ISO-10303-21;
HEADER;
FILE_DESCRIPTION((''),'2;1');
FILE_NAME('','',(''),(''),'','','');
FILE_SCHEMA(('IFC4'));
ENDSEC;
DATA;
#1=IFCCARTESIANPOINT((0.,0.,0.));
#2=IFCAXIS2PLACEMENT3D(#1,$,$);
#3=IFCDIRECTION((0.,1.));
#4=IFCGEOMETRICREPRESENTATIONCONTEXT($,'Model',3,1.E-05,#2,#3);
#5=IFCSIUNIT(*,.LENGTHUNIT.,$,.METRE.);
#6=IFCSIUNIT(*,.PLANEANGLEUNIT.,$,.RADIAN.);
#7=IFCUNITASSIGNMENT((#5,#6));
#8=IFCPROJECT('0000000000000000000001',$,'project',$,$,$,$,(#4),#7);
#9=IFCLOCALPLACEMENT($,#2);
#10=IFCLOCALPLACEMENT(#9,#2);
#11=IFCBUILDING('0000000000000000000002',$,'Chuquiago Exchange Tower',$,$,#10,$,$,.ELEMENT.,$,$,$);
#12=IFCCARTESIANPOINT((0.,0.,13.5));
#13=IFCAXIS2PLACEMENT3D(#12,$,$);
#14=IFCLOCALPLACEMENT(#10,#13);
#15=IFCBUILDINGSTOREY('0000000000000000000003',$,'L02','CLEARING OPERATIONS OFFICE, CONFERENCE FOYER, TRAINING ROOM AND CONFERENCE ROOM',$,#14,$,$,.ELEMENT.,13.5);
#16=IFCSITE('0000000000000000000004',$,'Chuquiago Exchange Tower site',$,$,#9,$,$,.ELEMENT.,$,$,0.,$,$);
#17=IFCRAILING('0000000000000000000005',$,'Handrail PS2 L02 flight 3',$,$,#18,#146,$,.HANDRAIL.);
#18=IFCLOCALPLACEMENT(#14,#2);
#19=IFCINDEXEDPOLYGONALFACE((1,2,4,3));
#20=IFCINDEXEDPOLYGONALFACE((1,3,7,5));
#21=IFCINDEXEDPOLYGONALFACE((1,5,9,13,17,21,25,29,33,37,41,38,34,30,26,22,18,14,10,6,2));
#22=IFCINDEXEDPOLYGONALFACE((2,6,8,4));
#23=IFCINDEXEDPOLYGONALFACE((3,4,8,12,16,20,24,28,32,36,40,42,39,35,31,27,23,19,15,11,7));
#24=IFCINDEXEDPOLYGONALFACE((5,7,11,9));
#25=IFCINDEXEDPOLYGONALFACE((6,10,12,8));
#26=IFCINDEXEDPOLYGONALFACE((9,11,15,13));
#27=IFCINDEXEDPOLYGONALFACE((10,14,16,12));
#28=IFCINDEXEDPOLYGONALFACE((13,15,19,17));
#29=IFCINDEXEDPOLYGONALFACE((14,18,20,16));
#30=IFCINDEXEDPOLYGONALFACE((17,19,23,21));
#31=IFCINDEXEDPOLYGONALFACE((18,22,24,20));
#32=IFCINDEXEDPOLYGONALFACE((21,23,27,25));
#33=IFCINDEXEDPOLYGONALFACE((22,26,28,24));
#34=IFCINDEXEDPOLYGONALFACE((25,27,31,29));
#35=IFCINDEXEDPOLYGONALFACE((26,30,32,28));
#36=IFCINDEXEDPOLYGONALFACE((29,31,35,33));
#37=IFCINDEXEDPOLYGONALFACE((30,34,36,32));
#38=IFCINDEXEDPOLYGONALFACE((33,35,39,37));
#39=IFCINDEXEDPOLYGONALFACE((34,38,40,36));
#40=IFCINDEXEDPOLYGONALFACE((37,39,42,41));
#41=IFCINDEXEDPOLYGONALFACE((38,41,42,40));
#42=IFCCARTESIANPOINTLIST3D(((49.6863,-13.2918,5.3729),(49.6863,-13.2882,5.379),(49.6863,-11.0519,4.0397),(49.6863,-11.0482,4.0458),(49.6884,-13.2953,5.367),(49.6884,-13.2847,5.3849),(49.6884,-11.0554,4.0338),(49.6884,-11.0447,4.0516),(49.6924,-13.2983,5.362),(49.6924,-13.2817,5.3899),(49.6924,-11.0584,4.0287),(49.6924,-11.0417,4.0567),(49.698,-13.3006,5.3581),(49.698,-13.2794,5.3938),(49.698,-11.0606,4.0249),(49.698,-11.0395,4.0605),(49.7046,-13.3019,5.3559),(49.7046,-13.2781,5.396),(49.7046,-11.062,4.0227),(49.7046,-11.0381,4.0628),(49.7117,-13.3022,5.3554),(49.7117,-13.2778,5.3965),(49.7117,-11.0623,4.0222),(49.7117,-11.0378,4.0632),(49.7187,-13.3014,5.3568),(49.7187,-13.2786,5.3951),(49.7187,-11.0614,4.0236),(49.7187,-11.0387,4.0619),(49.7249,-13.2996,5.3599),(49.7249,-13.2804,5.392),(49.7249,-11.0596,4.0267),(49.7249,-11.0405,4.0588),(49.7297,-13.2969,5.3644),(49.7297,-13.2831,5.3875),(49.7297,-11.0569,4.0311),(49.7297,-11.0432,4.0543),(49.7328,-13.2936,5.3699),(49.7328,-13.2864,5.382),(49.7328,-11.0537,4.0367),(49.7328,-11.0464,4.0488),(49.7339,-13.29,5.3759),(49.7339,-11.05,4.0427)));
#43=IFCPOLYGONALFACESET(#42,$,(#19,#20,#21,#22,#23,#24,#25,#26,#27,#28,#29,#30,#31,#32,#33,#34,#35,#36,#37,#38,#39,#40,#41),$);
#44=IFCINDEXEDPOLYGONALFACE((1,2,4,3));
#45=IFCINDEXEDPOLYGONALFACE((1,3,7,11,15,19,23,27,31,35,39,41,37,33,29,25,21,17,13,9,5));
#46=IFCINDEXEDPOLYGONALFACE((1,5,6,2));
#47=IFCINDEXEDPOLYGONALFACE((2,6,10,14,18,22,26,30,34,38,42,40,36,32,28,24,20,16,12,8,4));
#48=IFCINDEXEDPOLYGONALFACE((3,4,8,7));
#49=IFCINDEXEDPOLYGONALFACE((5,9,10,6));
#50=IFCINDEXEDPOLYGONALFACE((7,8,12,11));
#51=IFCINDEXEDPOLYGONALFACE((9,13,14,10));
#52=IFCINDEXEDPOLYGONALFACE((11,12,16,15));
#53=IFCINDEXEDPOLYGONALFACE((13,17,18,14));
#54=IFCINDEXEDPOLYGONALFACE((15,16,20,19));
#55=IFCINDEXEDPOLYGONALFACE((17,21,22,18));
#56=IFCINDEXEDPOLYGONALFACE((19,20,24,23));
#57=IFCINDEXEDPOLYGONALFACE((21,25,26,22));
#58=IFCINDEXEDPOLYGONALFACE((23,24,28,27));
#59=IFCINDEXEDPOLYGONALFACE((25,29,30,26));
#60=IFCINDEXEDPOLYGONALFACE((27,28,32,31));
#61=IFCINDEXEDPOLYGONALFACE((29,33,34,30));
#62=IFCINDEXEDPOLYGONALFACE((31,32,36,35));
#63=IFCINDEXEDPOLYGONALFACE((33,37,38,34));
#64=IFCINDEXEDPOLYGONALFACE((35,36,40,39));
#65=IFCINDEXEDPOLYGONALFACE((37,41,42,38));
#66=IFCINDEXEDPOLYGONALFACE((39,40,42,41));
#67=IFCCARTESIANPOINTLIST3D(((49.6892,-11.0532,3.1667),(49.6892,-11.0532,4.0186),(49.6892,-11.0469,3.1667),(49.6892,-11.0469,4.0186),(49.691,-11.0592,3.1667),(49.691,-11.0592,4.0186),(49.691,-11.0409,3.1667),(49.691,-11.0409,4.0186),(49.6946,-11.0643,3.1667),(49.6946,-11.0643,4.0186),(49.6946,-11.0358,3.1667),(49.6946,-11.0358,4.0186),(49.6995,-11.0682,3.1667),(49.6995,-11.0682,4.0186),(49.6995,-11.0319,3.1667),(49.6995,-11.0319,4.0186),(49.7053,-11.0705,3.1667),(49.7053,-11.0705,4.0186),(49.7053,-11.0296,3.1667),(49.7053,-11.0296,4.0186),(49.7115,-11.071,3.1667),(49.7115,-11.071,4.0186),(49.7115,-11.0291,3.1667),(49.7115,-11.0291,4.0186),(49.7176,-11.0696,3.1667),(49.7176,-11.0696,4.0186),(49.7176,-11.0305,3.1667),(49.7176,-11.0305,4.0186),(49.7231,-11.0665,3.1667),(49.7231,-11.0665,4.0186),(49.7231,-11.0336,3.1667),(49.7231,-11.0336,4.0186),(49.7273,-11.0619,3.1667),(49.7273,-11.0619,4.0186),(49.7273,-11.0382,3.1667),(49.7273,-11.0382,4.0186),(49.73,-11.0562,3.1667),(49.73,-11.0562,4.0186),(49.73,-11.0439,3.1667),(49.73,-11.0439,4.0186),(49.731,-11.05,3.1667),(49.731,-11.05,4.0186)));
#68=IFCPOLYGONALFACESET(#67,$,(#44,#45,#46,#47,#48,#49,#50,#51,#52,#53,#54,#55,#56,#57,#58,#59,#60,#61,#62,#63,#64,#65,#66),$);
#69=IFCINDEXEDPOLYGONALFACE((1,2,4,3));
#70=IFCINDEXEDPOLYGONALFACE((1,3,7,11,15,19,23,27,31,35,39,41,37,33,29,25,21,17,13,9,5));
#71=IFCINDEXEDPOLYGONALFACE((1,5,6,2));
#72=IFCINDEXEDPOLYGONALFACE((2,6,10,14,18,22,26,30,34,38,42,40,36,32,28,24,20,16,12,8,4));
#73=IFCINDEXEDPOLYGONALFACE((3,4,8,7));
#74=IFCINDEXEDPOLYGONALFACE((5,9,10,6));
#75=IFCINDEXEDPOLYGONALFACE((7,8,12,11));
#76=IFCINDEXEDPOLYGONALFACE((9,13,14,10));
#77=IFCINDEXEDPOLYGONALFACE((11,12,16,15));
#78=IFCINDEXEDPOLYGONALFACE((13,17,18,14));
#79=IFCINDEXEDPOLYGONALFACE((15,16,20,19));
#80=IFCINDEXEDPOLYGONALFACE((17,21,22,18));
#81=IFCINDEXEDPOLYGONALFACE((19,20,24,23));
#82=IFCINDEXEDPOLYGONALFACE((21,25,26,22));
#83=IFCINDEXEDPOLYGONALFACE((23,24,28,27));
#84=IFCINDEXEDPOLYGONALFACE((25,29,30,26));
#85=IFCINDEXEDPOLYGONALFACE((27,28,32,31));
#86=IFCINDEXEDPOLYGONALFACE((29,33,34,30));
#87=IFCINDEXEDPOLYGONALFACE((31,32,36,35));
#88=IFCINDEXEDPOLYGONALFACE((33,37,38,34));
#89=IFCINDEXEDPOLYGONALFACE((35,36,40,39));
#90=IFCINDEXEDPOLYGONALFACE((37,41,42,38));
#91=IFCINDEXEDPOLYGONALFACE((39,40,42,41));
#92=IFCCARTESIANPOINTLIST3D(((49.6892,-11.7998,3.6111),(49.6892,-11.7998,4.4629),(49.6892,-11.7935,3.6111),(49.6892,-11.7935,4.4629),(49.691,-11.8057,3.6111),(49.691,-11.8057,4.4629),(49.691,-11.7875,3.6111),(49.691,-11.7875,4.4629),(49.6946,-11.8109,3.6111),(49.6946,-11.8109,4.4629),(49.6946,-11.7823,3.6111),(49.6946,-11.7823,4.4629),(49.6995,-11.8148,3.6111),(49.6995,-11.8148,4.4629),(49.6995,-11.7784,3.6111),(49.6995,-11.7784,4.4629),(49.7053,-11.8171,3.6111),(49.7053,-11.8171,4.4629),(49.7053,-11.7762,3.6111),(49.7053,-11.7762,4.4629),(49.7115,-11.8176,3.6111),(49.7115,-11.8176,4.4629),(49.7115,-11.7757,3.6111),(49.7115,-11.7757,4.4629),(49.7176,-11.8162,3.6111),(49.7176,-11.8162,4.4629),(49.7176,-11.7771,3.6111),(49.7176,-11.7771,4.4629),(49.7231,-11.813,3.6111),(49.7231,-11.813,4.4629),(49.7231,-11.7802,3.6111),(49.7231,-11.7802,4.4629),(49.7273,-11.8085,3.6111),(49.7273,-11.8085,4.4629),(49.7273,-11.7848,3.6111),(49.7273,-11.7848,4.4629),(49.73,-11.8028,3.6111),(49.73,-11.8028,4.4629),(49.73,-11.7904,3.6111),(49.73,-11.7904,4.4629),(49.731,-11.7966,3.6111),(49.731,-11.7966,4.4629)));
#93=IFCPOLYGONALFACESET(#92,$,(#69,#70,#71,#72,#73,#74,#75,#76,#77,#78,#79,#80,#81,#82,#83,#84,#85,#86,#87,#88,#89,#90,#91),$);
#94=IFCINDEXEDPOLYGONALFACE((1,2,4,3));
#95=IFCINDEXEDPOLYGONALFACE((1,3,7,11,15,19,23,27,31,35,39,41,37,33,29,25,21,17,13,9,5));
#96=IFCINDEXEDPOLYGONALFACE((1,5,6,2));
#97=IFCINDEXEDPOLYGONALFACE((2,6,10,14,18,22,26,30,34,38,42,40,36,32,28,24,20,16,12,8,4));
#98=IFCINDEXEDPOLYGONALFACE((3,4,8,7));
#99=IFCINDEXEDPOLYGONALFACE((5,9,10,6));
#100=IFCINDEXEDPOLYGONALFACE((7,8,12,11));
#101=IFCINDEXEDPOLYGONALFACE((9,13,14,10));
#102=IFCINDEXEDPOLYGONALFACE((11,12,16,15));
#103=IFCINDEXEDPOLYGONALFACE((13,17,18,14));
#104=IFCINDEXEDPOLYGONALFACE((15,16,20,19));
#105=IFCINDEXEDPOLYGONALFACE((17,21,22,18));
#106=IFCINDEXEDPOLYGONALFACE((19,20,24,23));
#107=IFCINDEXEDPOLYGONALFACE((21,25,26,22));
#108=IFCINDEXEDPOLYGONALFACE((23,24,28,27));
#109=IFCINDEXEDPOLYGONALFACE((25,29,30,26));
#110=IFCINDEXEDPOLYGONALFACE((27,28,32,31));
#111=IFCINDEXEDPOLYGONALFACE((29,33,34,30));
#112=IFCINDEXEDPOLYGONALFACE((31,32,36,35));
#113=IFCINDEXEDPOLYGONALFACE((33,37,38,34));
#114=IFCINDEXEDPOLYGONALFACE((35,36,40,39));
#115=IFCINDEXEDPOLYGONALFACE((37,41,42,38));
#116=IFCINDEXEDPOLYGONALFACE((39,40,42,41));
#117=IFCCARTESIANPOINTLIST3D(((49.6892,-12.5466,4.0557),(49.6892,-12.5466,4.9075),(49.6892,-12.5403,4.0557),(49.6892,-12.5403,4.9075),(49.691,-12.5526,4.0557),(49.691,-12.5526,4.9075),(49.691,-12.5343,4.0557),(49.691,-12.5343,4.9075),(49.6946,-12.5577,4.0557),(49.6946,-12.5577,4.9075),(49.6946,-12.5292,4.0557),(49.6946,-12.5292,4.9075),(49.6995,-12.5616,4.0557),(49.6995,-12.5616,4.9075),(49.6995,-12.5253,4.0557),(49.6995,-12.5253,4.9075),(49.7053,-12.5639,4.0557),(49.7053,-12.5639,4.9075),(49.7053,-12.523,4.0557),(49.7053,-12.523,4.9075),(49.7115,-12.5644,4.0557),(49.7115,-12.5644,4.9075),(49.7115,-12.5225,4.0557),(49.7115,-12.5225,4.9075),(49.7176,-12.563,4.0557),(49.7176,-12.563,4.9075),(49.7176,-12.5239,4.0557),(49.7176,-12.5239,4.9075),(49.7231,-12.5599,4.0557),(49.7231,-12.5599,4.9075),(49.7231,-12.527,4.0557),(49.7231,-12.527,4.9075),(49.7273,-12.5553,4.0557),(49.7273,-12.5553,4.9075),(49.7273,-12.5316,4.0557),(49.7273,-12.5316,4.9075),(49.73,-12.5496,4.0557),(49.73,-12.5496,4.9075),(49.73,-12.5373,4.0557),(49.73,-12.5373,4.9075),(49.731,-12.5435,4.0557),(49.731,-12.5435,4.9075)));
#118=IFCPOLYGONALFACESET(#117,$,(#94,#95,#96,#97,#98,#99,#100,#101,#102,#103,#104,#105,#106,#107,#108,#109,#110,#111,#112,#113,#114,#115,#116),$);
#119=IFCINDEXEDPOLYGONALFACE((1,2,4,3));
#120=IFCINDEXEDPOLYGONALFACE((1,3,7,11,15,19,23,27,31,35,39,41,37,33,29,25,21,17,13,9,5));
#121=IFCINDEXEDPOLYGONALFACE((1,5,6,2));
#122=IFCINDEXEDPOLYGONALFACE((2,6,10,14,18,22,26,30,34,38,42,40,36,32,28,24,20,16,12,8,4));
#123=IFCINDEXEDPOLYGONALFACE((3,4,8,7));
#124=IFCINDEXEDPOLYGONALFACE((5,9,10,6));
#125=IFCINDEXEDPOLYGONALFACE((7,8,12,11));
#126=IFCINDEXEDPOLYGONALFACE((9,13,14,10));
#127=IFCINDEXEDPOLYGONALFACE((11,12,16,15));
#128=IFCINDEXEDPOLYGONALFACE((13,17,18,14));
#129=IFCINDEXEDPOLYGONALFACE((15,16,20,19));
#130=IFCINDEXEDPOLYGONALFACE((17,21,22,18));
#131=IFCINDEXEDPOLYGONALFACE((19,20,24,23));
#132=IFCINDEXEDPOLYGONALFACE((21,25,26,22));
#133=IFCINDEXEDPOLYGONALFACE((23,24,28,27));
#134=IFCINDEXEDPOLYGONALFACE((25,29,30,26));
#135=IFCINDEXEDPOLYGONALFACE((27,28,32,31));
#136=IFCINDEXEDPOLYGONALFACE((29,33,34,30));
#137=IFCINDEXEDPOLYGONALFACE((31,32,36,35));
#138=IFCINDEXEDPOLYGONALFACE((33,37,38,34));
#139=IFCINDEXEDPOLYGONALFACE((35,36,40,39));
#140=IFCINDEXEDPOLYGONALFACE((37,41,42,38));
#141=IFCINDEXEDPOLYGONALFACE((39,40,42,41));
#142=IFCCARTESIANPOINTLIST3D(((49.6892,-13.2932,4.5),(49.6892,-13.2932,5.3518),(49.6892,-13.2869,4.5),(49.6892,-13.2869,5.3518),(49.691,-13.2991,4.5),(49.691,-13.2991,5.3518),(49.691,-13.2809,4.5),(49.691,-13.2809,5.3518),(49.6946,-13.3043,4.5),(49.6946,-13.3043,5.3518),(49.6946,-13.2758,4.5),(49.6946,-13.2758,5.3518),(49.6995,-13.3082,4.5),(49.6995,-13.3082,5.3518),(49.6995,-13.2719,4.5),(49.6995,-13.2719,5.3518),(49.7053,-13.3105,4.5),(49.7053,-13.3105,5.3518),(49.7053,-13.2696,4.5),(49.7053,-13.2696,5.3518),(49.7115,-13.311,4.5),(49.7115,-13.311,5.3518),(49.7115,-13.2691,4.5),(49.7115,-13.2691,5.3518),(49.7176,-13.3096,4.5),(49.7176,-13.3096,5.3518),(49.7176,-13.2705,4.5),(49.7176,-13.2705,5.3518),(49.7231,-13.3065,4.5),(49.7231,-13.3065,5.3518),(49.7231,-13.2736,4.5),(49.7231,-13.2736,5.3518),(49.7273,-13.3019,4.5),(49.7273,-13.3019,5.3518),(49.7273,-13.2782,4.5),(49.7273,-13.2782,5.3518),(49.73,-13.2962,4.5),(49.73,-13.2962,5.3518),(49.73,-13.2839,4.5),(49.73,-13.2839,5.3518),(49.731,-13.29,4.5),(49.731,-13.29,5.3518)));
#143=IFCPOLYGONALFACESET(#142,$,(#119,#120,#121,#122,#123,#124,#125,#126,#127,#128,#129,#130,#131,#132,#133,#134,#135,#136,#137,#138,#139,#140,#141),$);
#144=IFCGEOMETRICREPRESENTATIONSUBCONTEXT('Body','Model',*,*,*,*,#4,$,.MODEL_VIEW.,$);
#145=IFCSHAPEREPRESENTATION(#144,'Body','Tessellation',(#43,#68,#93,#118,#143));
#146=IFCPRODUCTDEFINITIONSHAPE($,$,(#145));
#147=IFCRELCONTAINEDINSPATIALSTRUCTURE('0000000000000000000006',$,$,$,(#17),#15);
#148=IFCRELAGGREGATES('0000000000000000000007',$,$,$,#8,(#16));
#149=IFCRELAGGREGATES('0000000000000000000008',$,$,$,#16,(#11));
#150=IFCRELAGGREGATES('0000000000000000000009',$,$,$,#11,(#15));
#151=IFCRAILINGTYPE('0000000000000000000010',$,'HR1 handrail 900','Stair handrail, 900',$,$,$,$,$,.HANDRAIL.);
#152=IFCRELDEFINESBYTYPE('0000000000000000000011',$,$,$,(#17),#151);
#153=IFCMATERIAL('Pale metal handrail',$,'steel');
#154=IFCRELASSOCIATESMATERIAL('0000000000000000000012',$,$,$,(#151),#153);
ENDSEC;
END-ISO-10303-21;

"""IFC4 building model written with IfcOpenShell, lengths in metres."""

from ifc_helpers import new_model, si_unit, direction, frame, origin, origin_2d, place, context, subcontext, project, spatial, circle, extrude, material, type_object, element, save


model = new_model("IFC4")

# Units and contexts
model_context = context("Model", 3, precision=1e-05, world=origin(), true_north=direction((0.0, 1.0)))
body_context = subcontext(model_context, "Body", "Model", "MODEL_VIEW")
ifc_project = project(units=[si_unit("LENGTHUNIT", "METRE"), si_unit("PLANEANGLEUNIT", "RADIAN")], contexts=[model_context])

# Site, building, storey
site_placement = place(None, origin())
site = spatial("IfcSite", under=ifc_project, at=site_placement, Name="Chuquiago Exchange Tower site", CompositionType="ELEMENT", RefElevation=0.0)
building_placement = place(site_placement, origin())
building = spatial("IfcBuilding", under=site, at=building_placement, Name="Chuquiago Exchange Tower", CompositionType="ELEMENT")
storey_placement = place(building_placement, frame((0.0, 0.0, 13.5)))
storey = spatial("IfcBuildingStorey", under=building, at=storey_placement, Name="L02", Description="CLEARING OPERATIONS OFFICE, CONFERENCE FOYER, TRAINING ROOM AND CONFERENCE ROOM", CompositionType="ELEMENT", Elevation=13.5)

# Railing
ifc_material_1 = material(Name="Pale metal handrail", Category="steel")
railing_type = type_object("IfcRailingType", Name="HR1 handrail 900", Description="Stair handrail, 900", PredefinedType="HANDRAIL", material=ifc_material_1)
for number, where, name in (
    (1, (49.71, -11.05, 3.1667), "Handrail PS2 L02 flight 3"),
):
    element("IfcRailing", number, at=place(storey_placement, frame(where)), inside=storey, type_object=railing_type, Name=name, PredefinedType="HANDRAIL", context=body_context, shape_type="SweptSolid", body=[
        extrude(circle(Radius=0.0239, at=origin_2d()), frame((0.0, 0.0, 0.876), z_axis=(0.0, -0.859306, 0.511462), x_axis=(1.0, 0.0, 0.0)), (0.0, 0.0, 1.0), 2.6067),
        extrude(circle(Radius=0.021, at=origin_2d()), origin(), (0.0, 0.0, 1.0), 0.8518),
        extrude(circle(Radius=0.021, at=origin_2d()), frame((0.0, -0.7466, 0.4443)), (0.0, 0.0, 1.0), 0.8518),
        extrude(circle(Radius=0.021, at=origin_2d()), frame((0.0, -1.4934, 0.8889)), (0.0, 0.0, 1.0), 0.8518),
        extrude(circle(Radius=0.021, at=origin_2d()), frame((0.0, -2.24, 1.3333)), (0.0, 0.0, 1.0), 0.8518),
    ])

save(model, "model.ifc")
